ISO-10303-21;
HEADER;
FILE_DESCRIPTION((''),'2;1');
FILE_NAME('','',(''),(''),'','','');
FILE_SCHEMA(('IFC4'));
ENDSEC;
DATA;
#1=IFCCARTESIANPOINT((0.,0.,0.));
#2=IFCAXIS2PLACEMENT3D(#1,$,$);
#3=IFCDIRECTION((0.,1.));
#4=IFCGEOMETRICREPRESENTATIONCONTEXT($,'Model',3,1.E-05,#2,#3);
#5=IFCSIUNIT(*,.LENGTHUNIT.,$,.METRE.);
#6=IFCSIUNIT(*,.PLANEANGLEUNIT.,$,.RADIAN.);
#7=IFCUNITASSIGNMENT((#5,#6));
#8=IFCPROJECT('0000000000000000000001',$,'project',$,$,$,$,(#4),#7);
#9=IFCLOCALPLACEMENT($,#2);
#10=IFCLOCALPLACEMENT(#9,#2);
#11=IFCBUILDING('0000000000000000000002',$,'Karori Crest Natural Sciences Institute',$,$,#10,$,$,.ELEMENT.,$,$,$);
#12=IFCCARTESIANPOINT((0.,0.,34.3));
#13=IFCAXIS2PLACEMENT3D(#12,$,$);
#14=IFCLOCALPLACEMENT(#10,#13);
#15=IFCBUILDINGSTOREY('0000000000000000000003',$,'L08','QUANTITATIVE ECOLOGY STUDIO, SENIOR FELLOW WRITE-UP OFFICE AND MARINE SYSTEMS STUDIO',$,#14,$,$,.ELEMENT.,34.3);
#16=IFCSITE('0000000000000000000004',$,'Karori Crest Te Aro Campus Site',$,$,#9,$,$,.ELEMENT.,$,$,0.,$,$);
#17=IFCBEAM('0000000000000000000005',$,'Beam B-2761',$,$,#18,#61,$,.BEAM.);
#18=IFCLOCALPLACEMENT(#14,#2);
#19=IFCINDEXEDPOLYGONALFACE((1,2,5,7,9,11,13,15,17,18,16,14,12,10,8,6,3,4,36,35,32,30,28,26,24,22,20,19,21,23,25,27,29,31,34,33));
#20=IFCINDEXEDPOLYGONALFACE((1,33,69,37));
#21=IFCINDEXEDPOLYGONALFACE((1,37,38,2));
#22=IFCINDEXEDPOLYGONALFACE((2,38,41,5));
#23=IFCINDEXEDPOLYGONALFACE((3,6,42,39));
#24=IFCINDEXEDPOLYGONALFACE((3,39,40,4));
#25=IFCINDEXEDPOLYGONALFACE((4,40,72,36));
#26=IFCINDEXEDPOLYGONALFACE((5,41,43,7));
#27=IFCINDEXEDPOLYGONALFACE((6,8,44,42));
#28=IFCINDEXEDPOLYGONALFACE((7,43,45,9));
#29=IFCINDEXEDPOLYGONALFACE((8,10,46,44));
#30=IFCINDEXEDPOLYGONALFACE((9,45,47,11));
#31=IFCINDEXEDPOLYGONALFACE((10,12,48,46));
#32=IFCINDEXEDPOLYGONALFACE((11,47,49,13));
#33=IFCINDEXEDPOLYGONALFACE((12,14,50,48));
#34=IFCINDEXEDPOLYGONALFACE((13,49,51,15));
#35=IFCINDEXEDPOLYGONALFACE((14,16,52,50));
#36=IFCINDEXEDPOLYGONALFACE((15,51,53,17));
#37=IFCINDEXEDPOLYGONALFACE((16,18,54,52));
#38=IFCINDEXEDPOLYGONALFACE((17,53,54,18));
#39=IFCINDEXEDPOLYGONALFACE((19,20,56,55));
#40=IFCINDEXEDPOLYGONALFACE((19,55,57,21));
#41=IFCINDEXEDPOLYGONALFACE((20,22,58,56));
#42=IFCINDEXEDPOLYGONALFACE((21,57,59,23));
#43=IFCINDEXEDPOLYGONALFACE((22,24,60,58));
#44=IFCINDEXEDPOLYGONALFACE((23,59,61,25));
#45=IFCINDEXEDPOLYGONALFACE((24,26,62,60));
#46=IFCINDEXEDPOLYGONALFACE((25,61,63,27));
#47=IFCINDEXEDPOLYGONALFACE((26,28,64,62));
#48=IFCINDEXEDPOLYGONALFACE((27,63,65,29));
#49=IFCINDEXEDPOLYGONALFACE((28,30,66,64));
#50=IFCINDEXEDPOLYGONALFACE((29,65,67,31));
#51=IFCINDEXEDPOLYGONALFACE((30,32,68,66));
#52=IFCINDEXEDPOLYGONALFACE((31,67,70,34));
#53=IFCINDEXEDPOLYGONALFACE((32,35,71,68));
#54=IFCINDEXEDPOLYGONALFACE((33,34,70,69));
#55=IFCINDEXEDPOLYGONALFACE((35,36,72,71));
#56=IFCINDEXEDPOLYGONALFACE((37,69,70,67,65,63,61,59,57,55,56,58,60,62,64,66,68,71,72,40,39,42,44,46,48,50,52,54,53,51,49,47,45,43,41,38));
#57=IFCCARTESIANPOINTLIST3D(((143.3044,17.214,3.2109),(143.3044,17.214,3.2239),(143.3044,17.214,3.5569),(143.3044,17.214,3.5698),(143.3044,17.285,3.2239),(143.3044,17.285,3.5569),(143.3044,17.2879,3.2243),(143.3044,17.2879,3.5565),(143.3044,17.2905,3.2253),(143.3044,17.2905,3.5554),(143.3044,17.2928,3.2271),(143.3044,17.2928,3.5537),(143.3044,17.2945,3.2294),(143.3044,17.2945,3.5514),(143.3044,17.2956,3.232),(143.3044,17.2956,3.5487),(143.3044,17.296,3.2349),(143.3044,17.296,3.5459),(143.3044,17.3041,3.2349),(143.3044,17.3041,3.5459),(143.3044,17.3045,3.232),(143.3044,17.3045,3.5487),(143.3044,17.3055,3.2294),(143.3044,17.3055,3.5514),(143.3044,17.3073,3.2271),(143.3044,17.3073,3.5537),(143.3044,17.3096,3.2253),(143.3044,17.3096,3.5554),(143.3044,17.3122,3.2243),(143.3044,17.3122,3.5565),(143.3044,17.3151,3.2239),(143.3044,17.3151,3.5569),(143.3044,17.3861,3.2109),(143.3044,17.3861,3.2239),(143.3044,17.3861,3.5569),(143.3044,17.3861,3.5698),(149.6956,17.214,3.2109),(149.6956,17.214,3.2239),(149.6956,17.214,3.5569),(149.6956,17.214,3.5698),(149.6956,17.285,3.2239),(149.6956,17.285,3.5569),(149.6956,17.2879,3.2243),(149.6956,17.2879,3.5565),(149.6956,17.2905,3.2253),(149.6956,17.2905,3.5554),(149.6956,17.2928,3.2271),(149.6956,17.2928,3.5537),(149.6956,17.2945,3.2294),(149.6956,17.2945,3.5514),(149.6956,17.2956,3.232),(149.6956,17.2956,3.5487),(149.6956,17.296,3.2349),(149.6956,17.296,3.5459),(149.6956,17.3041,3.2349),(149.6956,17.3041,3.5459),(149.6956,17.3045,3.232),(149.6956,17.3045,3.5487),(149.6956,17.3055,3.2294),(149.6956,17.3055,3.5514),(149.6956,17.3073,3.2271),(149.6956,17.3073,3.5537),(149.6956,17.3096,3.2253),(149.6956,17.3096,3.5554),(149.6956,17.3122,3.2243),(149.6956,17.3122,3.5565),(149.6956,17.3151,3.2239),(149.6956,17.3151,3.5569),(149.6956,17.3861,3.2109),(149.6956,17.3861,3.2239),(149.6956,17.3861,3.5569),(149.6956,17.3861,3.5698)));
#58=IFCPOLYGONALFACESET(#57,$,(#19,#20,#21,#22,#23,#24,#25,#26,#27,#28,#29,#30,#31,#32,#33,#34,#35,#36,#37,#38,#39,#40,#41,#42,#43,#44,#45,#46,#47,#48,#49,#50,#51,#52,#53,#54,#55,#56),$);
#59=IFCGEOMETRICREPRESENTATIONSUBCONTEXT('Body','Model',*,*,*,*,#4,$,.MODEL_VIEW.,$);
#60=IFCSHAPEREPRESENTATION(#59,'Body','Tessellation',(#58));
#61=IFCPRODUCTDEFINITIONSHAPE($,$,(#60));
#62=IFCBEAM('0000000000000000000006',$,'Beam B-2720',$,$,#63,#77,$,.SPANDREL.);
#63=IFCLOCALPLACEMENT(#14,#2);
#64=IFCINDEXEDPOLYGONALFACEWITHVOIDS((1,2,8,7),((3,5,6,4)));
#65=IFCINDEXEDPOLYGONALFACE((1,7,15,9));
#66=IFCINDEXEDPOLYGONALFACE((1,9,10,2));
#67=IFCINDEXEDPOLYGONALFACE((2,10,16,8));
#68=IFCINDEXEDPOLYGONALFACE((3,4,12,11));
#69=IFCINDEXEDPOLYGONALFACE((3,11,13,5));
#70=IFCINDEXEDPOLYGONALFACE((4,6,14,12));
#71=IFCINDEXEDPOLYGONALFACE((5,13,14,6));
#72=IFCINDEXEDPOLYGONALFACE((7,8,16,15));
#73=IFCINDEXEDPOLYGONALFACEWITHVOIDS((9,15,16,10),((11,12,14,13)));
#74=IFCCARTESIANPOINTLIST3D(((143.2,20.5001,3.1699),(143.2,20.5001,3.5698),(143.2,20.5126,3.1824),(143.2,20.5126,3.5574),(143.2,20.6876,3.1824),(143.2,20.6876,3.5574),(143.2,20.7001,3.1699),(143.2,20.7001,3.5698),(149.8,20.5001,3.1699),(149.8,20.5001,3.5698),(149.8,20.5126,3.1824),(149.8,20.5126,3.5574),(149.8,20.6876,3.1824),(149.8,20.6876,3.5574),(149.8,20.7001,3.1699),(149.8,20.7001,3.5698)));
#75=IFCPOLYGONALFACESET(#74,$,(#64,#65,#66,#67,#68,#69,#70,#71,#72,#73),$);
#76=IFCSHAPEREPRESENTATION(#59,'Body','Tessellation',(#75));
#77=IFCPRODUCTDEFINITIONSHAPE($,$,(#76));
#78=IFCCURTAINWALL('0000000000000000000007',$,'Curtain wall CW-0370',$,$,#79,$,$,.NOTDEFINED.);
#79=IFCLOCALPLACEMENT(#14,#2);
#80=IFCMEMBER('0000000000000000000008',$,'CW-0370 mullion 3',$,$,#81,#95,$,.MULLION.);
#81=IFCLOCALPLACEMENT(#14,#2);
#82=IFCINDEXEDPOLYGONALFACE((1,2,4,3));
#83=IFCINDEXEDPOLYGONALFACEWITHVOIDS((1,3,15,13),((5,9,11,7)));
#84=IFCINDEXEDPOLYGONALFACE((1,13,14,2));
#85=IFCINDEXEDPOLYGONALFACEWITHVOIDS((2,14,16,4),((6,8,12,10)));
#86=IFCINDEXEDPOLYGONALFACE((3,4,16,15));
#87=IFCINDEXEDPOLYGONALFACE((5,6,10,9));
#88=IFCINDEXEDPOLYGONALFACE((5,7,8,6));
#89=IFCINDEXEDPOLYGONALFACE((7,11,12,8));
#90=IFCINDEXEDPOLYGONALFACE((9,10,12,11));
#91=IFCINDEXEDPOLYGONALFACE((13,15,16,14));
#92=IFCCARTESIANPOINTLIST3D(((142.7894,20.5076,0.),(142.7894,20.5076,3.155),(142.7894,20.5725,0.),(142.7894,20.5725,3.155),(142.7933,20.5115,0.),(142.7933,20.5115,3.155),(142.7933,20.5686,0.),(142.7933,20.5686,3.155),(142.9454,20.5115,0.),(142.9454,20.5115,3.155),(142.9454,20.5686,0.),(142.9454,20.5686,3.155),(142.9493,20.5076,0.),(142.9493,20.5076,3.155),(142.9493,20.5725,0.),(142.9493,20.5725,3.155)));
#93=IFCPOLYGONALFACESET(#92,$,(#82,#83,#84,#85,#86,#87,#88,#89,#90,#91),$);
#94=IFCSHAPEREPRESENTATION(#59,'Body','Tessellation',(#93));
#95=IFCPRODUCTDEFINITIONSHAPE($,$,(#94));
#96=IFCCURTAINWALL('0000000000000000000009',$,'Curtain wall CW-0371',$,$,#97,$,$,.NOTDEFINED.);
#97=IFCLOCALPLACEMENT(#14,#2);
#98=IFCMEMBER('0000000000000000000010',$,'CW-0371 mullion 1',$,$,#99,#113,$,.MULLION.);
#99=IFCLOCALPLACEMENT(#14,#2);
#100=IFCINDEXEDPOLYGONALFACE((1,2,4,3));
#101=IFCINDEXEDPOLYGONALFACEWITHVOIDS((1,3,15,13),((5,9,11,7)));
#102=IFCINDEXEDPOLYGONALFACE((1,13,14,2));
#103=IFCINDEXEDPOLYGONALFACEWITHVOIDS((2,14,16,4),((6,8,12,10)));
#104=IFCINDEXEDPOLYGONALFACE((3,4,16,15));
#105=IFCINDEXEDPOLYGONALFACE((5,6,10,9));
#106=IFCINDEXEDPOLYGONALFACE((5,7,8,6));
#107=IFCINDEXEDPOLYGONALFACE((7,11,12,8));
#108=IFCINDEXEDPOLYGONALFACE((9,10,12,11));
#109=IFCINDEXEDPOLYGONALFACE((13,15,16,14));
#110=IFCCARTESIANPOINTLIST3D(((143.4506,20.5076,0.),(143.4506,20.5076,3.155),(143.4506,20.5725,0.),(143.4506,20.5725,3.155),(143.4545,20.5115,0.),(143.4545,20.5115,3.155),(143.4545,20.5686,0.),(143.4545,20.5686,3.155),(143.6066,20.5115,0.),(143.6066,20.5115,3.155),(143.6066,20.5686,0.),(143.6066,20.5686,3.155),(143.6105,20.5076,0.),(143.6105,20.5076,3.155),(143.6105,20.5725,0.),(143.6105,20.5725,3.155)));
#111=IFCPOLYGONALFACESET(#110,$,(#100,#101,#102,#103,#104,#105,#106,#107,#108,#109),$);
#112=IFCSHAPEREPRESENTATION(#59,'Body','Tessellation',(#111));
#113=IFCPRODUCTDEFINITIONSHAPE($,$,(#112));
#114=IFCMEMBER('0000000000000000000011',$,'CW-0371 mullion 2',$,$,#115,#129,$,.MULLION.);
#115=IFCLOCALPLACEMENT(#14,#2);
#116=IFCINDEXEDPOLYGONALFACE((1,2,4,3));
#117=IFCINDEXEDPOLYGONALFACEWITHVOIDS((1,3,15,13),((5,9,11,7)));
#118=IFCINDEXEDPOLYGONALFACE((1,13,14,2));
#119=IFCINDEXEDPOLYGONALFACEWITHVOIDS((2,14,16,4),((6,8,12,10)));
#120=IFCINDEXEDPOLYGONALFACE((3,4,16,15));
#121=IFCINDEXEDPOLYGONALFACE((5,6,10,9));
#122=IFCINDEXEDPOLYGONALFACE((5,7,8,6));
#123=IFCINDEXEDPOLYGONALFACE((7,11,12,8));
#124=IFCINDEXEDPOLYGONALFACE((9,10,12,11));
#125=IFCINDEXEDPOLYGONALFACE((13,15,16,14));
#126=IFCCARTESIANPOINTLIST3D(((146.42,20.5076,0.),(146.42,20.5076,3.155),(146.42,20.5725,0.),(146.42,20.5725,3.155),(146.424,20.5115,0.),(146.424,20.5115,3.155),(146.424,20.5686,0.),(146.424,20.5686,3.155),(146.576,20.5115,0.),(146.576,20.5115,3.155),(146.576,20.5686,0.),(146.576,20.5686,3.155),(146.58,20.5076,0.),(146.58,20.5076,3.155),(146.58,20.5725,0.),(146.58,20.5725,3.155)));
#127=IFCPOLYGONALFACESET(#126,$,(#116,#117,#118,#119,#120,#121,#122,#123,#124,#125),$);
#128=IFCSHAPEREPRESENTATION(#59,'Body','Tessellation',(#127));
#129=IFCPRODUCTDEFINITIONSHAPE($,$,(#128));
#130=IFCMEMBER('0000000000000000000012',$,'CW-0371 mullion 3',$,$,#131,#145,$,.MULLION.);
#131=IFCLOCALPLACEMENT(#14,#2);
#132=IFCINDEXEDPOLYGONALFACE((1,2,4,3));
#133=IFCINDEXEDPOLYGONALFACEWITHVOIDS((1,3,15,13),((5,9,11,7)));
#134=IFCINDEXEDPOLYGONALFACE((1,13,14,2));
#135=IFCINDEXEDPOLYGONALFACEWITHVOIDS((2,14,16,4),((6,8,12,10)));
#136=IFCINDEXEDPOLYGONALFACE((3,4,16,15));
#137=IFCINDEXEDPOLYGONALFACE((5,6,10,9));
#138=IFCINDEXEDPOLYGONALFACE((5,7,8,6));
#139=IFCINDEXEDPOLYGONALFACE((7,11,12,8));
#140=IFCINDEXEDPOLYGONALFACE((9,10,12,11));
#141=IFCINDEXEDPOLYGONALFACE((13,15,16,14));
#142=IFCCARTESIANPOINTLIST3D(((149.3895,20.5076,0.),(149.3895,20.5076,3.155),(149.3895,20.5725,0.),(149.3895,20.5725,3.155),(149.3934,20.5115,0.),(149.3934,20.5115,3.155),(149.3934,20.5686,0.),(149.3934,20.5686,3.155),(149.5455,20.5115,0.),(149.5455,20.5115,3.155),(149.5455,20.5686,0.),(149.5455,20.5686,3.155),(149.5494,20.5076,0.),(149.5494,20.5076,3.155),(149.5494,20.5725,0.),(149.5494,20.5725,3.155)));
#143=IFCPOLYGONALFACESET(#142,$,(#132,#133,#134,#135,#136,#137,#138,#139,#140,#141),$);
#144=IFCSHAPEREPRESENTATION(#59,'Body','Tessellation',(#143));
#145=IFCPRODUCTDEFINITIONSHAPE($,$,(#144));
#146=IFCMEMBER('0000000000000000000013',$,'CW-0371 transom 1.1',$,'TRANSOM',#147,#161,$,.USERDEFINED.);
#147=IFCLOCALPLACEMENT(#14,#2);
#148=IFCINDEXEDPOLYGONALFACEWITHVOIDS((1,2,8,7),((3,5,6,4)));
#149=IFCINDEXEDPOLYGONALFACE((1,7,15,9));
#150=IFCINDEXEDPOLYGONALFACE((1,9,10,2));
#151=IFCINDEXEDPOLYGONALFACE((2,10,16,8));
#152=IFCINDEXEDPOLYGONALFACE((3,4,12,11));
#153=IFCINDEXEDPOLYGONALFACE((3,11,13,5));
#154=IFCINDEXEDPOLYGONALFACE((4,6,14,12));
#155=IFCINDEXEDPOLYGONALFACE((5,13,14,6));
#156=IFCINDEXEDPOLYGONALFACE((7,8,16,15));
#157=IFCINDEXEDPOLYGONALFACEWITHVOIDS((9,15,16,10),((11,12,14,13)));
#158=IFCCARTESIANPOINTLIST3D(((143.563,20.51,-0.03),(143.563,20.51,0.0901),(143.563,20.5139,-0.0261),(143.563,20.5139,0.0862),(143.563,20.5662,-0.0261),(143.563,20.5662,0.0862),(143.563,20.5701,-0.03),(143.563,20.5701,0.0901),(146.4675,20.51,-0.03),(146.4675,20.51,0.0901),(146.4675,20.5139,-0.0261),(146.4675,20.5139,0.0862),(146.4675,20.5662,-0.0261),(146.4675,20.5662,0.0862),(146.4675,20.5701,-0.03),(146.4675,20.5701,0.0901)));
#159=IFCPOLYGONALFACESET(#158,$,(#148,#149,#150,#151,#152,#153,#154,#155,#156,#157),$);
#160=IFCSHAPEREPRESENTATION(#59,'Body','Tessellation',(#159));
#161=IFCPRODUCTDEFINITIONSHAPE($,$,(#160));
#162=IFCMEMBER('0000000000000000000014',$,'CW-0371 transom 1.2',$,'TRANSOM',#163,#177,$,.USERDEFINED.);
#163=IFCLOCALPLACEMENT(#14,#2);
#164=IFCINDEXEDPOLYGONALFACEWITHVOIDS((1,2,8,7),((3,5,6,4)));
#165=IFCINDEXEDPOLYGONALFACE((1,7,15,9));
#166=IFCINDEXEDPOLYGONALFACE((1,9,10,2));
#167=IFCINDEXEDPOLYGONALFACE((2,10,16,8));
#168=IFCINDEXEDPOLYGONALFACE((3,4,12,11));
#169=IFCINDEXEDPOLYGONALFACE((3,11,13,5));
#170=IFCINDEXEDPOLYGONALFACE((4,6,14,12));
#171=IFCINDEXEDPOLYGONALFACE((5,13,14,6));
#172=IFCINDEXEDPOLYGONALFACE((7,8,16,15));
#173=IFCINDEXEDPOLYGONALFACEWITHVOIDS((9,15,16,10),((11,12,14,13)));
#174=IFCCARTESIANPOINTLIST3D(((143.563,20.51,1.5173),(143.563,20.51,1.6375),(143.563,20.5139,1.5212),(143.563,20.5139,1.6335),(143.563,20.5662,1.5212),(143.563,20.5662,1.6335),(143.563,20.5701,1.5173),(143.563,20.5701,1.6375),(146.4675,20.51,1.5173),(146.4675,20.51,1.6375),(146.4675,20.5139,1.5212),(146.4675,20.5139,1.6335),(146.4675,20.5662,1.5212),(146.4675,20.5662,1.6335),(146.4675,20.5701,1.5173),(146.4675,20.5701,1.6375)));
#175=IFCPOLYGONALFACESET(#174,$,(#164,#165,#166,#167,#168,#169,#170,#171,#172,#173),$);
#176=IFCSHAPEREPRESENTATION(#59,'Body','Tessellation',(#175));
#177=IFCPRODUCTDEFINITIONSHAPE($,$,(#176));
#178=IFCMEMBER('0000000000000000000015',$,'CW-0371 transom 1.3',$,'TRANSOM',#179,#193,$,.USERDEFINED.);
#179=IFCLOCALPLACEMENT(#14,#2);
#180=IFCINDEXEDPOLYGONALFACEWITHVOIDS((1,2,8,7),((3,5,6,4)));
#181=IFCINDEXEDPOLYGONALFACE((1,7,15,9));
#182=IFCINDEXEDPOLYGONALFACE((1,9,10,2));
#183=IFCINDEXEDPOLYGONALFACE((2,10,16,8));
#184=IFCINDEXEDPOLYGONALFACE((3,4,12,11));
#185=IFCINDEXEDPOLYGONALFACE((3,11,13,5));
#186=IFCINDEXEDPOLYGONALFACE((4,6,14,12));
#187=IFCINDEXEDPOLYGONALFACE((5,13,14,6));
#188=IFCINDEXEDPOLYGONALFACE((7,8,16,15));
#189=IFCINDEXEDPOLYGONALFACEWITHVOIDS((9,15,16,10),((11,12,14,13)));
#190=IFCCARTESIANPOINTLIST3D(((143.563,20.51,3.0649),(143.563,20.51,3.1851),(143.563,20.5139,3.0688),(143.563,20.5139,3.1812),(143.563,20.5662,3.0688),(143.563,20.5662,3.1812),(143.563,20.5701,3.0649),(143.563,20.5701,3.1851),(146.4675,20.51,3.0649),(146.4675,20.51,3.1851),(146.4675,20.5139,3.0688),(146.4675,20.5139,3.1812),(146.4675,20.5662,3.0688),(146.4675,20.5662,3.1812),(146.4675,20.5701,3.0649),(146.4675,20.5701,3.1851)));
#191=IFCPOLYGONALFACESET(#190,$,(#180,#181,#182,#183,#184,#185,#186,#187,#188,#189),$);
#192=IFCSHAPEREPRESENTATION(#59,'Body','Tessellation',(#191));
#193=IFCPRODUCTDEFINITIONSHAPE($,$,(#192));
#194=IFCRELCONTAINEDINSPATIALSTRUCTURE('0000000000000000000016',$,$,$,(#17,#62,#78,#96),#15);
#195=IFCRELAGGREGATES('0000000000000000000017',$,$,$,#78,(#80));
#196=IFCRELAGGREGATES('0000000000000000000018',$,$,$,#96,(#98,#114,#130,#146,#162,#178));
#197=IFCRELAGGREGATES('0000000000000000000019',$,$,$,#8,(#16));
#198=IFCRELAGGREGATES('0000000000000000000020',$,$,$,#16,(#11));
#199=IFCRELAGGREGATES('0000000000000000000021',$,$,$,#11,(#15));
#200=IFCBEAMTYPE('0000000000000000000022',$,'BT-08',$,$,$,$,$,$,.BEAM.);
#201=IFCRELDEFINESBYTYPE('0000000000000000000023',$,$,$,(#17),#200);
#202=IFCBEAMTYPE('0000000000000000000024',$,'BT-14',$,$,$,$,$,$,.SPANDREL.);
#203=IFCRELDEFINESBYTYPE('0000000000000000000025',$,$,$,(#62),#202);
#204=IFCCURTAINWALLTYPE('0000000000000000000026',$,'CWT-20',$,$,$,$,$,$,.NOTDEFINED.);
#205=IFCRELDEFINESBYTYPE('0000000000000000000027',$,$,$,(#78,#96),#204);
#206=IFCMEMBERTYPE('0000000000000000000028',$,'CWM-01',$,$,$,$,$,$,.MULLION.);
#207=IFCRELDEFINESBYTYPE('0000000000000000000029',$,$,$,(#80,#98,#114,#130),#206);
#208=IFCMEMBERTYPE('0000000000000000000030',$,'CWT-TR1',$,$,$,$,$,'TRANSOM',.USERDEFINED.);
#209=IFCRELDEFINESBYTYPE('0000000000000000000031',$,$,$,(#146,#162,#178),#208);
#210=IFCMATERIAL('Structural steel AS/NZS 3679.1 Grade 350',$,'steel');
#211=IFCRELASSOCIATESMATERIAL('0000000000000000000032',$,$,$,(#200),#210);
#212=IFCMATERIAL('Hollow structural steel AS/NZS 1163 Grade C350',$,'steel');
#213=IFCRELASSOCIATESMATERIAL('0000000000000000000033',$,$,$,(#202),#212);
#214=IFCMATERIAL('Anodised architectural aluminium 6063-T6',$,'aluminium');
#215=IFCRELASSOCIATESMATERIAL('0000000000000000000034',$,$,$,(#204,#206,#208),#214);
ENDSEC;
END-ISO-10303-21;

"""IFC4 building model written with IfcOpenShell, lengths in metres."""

from ifc_helpers import new_model, si_unit, direction, frame, origin, origin_2d, place, context, subcontext, project, spatial, hollow_rectangle, i_section, extrude, material, material_profile, profile_set, type_object, element, aggregate, save


model = new_model("IFC4")

# Units and contexts
model_context = context("Model", 3, precision=1e-05, world=origin(), true_north=direction((0.0, 1.0)))
body_context = subcontext(model_context, "Body", "Model", "MODEL_VIEW")
ifc_project = project(units=[si_unit("LENGTHUNIT", "METRE"), si_unit("PLANEANGLEUNIT", "RADIAN")], contexts=[model_context])

# Site, building, storey
site_placement = place(None, origin())
site = spatial("IfcSite", under=ifc_project, at=site_placement, Name="Karori Crest Te Aro Campus Site", CompositionType="ELEMENT", RefElevation=0.0)
building_placement = place(site_placement, origin())
building = spatial("IfcBuilding", under=site, at=building_placement, Name="Karori Crest Natural Sciences Institute", CompositionType="ELEMENT")
storey_placement = place(building_placement, frame((0.0, 0.0, 34.3)))
storey = spatial("IfcBuildingStorey", under=building, at=storey_placement, Name="L08", Description="QUANTITATIVE ECOLOGY STUDIO, SENIOR FELLOW WRITE-UP OFFICE AND MARINE SYSTEMS STUDIO", CompositionType="ELEMENT", Elevation=34.3)

# Shared definitions
ifc_material_1 = material(Name="Structural steel AS/NZS 3679.1 Grade 350", Category="steel")

# Beams
ifc_material_profile_1 = material_profile(ifc_material_1, i_section(OverallWidth=0.1721, OverallDepth=0.3589, WebThickness=0.0081, FlangeThickness=0.0129, FilletRadius=0.011, at=origin_2d()), Name="360UB56.7")
ifc_profile_set_1 = profile_set([ifc_material_profile_1], Name="Structural steel AS/NZS 3679.1 Grade 350")
beam_type_1 = type_object("IfcBeamType", Name="BT-08", PredefinedType="BEAM", material=ifc_profile_set_1)
beam_1_placement = place(storey_placement, frame((143.3044, 17.3, 3.3904), z_axis=(1.0, 0.0, 0.0), x_axis=(0.0, 1.0, 0.0)))
element("IfcBeam", 1, at=beam_1_placement, inside=storey, type_object=beam_type_1, Name="Beam B-2761", PredefinedType="BEAM", context=body_context, shape_type="SweptSolid", body=[
    extrude(i_section(OverallWidth=0.1721, OverallDepth=0.3589, WebThickness=0.0081, FlangeThickness=0.0129, FilletRadius=0.011, at=origin_2d()), origin(), (0.0, 0.0, 1.0), 6.3911),
])
ifc_material_2 = material(Name="Hollow structural steel AS/NZS 1163 Grade C350", Category="steel")
ifc_material_profile_2 = material_profile(ifc_material_2, hollow_rectangle(XDim=0.2, YDim=0.3999, WallThickness=0.0125, at=origin_2d()), Name="RHS400x200x12.5")
ifc_profile_set_2 = profile_set([ifc_material_profile_2], Name="Hollow structural steel AS/NZS 1163 Grade C350")
beam_type_2 = type_object("IfcBeamType", Name="BT-14", PredefinedType="SPANDREL", material=ifc_profile_set_2)
beam_2_placement = place(storey_placement, frame((143.2, 20.6001, 3.3699), z_axis=(1.0, 0.0, 0.0), x_axis=(0.0, 1.0, 0.0)))
element("IfcBeam", 2, at=beam_2_placement, inside=storey, type_object=beam_type_2, Name="Beam B-2720", PredefinedType="SPANDREL", context=body_context, shape_type="SweptSolid", body=[
    extrude(hollow_rectangle(XDim=0.2, YDim=0.3999, WallThickness=0.0125, at=origin_2d()), origin(), (0.0, 0.0, 1.0), 6.6001),
])

# Curtain wall, member
ifc_material_3 = material(Name="Anodised architectural aluminium 6063-T6", Category="aluminium")
curtain_wall_type = type_object("IfcCurtainWallType", Name="CWT-20", PredefinedType="NOTDEFINED", material=ifc_material_3)
curtain_wall_1_placement = place(storey_placement, origin())
curtain_wall_1 = element("IfcCurtainWall", 3, at=curtain_wall_1_placement, inside=storey, type_object=curtain_wall_type, Name="Curtain wall CW-0370", PredefinedType="NOTDEFINED")
ifc_material_profile_3 = material_profile(ifc_material_3, hollow_rectangle(XDim=0.0649, YDim=0.1599, WallThickness=0.0039, at=origin_2d()), Name="CWM160x65x4")
ifc_profile_set_3 = profile_set([ifc_material_profile_3], Name="Anodised architectural aluminium 6063-T6")
member_type_1 = type_object("IfcMemberType", Name="CWM-01", PredefinedType="MULLION", material=ifc_profile_set_3)
member_1_placement = place(storey_placement, frame((142.8694, 20.54, 0.0), z_axis=(0.0, 0.0, 1.0), x_axis=(0.0, 1.0, 0.0)))
member_1 = element("IfcMember", 4, at=member_1_placement, type_object=member_type_1, Name="CW-0370 mullion 3", PredefinedType="MULLION", context=body_context, shape_type="SweptSolid", body=[
    extrude(hollow_rectangle(XDim=0.0649, YDim=0.1599, WallThickness=0.0039, at=origin_2d()), origin(), (0.0, 0.0, 1.0), 3.155),
])

# Curtain wall, members
curtain_wall_2_placement = place(storey_placement, origin())
curtain_wall_2 = element("IfcCurtainWall", 5, at=curtain_wall_2_placement, inside=storey, type_object=curtain_wall_type, Name="Curtain wall CW-0371", PredefinedType="NOTDEFINED")
member_2_placement = place(storey_placement, frame((143.5305, 20.54, 0.0), z_axis=(0.0, 0.0, 1.0), x_axis=(0.0, 1.0, 0.0)))
member_2 = element("IfcMember", 6, at=member_2_placement, type_object=member_type_1, Name="CW-0371 mullion 1", PredefinedType="MULLION", context=body_context, shape_type="SweptSolid", body=[
    extrude(hollow_rectangle(XDim=0.0649, YDim=0.1599, WallThickness=0.0039, at=origin_2d()), origin(), (0.0, 0.0, 1.0), 3.155),
])
member_3_placement = place(storey_placement, frame((146.5, 20.54, 0.0), z_axis=(0.0, 0.0, 1.0), x_axis=(0.0, 1.0, 0.0)))
member_3 = element("IfcMember", 7, at=member_3_placement, type_object=member_type_1, Name="CW-0371 mullion 2", PredefinedType="MULLION", context=body_context, shape_type="SweptSolid", body=[
    extrude(hollow_rectangle(XDim=0.0649, YDim=0.1599, WallThickness=0.0039, at=origin_2d()), origin(), (0.0, 0.0, 1.0), 3.155),
])
member_4_placement = place(storey_placement, frame((149.4695, 20.54, 0.0), z_axis=(0.0, 0.0, 1.0), x_axis=(0.0, 1.0, 0.0)))
member_4 = element("IfcMember", 8, at=member_4_placement, type_object=member_type_1, Name="CW-0371 mullion 3", PredefinedType="MULLION", context=body_context, shape_type="SweptSolid", body=[
    extrude(hollow_rectangle(XDim=0.0649, YDim=0.1599, WallThickness=0.0039, at=origin_2d()), origin(), (0.0, 0.0, 1.0), 3.155),
])
ifc_material_profile_4 = material_profile(ifc_material_3, hollow_rectangle(XDim=0.0601, YDim=0.1201, WallThickness=0.0039, at=origin_2d()), Name="CWT120x60x4")
ifc_profile_set_4 = profile_set([ifc_material_profile_4], Name="Anodised architectural aluminium 6063-T6")
member_type_2 = type_object("IfcMemberType", Name="CWT-TR1", ElementType="TRANSOM", PredefinedType="USERDEFINED", material=ifc_profile_set_4)
member_5_placement = place(storey_placement, frame((143.563, 20.54, 0.03), z_axis=(1.0, 0.0, 0.0), x_axis=(0.0, 1.0, 0.0)))
member_5 = element("IfcMember", 9, at=member_5_placement, type_object=member_type_2, Name="CW-0371 transom 1.1", ObjectType="TRANSOM", PredefinedType="USERDEFINED", context=body_context, shape_type="SweptSolid", body=[
    extrude(hollow_rectangle(XDim=0.0601, YDim=0.1201, WallThickness=0.0039, at=origin_2d()), origin(), (0.0, 0.0, 1.0), 2.9045),
])
member_6_placement = place(storey_placement, frame((143.563, 20.54, 1.5774), z_axis=(1.0, 0.0, 0.0), x_axis=(0.0, 1.0, 0.0)))
member_6 = element("IfcMember", 10, at=member_6_placement, type_object=member_type_2, Name="CW-0371 transom 1.2", ObjectType="TRANSOM", PredefinedType="USERDEFINED", context=body_context, shape_type="SweptSolid", body=[
    extrude(hollow_rectangle(XDim=0.0601, YDim=0.1201, WallThickness=0.0039, at=origin_2d()), origin(), (0.0, 0.0, 1.0), 2.9045),
])
member_7_placement = place(storey_placement, frame((143.563, 20.54, 3.125), z_axis=(1.0, 0.0, 0.0), x_axis=(0.0, 1.0, 0.0)))
member_7 = element("IfcMember", 11, at=member_7_placement, type_object=member_type_2, Name="CW-0371 transom 1.3", ObjectType="TRANSOM", PredefinedType="USERDEFINED", context=body_context, shape_type="SweptSolid", body=[
    extrude(hollow_rectangle(XDim=0.0601, YDim=0.1201, WallThickness=0.0039, at=origin_2d()), origin(), (0.0, 0.0, 1.0), 2.9045),
])

aggregate(curtain_wall_1, [member_1])
aggregate(curtain_wall_2, [member_2, member_3, member_4, member_5, member_6, member_7])

save(model, "model.ifc")
